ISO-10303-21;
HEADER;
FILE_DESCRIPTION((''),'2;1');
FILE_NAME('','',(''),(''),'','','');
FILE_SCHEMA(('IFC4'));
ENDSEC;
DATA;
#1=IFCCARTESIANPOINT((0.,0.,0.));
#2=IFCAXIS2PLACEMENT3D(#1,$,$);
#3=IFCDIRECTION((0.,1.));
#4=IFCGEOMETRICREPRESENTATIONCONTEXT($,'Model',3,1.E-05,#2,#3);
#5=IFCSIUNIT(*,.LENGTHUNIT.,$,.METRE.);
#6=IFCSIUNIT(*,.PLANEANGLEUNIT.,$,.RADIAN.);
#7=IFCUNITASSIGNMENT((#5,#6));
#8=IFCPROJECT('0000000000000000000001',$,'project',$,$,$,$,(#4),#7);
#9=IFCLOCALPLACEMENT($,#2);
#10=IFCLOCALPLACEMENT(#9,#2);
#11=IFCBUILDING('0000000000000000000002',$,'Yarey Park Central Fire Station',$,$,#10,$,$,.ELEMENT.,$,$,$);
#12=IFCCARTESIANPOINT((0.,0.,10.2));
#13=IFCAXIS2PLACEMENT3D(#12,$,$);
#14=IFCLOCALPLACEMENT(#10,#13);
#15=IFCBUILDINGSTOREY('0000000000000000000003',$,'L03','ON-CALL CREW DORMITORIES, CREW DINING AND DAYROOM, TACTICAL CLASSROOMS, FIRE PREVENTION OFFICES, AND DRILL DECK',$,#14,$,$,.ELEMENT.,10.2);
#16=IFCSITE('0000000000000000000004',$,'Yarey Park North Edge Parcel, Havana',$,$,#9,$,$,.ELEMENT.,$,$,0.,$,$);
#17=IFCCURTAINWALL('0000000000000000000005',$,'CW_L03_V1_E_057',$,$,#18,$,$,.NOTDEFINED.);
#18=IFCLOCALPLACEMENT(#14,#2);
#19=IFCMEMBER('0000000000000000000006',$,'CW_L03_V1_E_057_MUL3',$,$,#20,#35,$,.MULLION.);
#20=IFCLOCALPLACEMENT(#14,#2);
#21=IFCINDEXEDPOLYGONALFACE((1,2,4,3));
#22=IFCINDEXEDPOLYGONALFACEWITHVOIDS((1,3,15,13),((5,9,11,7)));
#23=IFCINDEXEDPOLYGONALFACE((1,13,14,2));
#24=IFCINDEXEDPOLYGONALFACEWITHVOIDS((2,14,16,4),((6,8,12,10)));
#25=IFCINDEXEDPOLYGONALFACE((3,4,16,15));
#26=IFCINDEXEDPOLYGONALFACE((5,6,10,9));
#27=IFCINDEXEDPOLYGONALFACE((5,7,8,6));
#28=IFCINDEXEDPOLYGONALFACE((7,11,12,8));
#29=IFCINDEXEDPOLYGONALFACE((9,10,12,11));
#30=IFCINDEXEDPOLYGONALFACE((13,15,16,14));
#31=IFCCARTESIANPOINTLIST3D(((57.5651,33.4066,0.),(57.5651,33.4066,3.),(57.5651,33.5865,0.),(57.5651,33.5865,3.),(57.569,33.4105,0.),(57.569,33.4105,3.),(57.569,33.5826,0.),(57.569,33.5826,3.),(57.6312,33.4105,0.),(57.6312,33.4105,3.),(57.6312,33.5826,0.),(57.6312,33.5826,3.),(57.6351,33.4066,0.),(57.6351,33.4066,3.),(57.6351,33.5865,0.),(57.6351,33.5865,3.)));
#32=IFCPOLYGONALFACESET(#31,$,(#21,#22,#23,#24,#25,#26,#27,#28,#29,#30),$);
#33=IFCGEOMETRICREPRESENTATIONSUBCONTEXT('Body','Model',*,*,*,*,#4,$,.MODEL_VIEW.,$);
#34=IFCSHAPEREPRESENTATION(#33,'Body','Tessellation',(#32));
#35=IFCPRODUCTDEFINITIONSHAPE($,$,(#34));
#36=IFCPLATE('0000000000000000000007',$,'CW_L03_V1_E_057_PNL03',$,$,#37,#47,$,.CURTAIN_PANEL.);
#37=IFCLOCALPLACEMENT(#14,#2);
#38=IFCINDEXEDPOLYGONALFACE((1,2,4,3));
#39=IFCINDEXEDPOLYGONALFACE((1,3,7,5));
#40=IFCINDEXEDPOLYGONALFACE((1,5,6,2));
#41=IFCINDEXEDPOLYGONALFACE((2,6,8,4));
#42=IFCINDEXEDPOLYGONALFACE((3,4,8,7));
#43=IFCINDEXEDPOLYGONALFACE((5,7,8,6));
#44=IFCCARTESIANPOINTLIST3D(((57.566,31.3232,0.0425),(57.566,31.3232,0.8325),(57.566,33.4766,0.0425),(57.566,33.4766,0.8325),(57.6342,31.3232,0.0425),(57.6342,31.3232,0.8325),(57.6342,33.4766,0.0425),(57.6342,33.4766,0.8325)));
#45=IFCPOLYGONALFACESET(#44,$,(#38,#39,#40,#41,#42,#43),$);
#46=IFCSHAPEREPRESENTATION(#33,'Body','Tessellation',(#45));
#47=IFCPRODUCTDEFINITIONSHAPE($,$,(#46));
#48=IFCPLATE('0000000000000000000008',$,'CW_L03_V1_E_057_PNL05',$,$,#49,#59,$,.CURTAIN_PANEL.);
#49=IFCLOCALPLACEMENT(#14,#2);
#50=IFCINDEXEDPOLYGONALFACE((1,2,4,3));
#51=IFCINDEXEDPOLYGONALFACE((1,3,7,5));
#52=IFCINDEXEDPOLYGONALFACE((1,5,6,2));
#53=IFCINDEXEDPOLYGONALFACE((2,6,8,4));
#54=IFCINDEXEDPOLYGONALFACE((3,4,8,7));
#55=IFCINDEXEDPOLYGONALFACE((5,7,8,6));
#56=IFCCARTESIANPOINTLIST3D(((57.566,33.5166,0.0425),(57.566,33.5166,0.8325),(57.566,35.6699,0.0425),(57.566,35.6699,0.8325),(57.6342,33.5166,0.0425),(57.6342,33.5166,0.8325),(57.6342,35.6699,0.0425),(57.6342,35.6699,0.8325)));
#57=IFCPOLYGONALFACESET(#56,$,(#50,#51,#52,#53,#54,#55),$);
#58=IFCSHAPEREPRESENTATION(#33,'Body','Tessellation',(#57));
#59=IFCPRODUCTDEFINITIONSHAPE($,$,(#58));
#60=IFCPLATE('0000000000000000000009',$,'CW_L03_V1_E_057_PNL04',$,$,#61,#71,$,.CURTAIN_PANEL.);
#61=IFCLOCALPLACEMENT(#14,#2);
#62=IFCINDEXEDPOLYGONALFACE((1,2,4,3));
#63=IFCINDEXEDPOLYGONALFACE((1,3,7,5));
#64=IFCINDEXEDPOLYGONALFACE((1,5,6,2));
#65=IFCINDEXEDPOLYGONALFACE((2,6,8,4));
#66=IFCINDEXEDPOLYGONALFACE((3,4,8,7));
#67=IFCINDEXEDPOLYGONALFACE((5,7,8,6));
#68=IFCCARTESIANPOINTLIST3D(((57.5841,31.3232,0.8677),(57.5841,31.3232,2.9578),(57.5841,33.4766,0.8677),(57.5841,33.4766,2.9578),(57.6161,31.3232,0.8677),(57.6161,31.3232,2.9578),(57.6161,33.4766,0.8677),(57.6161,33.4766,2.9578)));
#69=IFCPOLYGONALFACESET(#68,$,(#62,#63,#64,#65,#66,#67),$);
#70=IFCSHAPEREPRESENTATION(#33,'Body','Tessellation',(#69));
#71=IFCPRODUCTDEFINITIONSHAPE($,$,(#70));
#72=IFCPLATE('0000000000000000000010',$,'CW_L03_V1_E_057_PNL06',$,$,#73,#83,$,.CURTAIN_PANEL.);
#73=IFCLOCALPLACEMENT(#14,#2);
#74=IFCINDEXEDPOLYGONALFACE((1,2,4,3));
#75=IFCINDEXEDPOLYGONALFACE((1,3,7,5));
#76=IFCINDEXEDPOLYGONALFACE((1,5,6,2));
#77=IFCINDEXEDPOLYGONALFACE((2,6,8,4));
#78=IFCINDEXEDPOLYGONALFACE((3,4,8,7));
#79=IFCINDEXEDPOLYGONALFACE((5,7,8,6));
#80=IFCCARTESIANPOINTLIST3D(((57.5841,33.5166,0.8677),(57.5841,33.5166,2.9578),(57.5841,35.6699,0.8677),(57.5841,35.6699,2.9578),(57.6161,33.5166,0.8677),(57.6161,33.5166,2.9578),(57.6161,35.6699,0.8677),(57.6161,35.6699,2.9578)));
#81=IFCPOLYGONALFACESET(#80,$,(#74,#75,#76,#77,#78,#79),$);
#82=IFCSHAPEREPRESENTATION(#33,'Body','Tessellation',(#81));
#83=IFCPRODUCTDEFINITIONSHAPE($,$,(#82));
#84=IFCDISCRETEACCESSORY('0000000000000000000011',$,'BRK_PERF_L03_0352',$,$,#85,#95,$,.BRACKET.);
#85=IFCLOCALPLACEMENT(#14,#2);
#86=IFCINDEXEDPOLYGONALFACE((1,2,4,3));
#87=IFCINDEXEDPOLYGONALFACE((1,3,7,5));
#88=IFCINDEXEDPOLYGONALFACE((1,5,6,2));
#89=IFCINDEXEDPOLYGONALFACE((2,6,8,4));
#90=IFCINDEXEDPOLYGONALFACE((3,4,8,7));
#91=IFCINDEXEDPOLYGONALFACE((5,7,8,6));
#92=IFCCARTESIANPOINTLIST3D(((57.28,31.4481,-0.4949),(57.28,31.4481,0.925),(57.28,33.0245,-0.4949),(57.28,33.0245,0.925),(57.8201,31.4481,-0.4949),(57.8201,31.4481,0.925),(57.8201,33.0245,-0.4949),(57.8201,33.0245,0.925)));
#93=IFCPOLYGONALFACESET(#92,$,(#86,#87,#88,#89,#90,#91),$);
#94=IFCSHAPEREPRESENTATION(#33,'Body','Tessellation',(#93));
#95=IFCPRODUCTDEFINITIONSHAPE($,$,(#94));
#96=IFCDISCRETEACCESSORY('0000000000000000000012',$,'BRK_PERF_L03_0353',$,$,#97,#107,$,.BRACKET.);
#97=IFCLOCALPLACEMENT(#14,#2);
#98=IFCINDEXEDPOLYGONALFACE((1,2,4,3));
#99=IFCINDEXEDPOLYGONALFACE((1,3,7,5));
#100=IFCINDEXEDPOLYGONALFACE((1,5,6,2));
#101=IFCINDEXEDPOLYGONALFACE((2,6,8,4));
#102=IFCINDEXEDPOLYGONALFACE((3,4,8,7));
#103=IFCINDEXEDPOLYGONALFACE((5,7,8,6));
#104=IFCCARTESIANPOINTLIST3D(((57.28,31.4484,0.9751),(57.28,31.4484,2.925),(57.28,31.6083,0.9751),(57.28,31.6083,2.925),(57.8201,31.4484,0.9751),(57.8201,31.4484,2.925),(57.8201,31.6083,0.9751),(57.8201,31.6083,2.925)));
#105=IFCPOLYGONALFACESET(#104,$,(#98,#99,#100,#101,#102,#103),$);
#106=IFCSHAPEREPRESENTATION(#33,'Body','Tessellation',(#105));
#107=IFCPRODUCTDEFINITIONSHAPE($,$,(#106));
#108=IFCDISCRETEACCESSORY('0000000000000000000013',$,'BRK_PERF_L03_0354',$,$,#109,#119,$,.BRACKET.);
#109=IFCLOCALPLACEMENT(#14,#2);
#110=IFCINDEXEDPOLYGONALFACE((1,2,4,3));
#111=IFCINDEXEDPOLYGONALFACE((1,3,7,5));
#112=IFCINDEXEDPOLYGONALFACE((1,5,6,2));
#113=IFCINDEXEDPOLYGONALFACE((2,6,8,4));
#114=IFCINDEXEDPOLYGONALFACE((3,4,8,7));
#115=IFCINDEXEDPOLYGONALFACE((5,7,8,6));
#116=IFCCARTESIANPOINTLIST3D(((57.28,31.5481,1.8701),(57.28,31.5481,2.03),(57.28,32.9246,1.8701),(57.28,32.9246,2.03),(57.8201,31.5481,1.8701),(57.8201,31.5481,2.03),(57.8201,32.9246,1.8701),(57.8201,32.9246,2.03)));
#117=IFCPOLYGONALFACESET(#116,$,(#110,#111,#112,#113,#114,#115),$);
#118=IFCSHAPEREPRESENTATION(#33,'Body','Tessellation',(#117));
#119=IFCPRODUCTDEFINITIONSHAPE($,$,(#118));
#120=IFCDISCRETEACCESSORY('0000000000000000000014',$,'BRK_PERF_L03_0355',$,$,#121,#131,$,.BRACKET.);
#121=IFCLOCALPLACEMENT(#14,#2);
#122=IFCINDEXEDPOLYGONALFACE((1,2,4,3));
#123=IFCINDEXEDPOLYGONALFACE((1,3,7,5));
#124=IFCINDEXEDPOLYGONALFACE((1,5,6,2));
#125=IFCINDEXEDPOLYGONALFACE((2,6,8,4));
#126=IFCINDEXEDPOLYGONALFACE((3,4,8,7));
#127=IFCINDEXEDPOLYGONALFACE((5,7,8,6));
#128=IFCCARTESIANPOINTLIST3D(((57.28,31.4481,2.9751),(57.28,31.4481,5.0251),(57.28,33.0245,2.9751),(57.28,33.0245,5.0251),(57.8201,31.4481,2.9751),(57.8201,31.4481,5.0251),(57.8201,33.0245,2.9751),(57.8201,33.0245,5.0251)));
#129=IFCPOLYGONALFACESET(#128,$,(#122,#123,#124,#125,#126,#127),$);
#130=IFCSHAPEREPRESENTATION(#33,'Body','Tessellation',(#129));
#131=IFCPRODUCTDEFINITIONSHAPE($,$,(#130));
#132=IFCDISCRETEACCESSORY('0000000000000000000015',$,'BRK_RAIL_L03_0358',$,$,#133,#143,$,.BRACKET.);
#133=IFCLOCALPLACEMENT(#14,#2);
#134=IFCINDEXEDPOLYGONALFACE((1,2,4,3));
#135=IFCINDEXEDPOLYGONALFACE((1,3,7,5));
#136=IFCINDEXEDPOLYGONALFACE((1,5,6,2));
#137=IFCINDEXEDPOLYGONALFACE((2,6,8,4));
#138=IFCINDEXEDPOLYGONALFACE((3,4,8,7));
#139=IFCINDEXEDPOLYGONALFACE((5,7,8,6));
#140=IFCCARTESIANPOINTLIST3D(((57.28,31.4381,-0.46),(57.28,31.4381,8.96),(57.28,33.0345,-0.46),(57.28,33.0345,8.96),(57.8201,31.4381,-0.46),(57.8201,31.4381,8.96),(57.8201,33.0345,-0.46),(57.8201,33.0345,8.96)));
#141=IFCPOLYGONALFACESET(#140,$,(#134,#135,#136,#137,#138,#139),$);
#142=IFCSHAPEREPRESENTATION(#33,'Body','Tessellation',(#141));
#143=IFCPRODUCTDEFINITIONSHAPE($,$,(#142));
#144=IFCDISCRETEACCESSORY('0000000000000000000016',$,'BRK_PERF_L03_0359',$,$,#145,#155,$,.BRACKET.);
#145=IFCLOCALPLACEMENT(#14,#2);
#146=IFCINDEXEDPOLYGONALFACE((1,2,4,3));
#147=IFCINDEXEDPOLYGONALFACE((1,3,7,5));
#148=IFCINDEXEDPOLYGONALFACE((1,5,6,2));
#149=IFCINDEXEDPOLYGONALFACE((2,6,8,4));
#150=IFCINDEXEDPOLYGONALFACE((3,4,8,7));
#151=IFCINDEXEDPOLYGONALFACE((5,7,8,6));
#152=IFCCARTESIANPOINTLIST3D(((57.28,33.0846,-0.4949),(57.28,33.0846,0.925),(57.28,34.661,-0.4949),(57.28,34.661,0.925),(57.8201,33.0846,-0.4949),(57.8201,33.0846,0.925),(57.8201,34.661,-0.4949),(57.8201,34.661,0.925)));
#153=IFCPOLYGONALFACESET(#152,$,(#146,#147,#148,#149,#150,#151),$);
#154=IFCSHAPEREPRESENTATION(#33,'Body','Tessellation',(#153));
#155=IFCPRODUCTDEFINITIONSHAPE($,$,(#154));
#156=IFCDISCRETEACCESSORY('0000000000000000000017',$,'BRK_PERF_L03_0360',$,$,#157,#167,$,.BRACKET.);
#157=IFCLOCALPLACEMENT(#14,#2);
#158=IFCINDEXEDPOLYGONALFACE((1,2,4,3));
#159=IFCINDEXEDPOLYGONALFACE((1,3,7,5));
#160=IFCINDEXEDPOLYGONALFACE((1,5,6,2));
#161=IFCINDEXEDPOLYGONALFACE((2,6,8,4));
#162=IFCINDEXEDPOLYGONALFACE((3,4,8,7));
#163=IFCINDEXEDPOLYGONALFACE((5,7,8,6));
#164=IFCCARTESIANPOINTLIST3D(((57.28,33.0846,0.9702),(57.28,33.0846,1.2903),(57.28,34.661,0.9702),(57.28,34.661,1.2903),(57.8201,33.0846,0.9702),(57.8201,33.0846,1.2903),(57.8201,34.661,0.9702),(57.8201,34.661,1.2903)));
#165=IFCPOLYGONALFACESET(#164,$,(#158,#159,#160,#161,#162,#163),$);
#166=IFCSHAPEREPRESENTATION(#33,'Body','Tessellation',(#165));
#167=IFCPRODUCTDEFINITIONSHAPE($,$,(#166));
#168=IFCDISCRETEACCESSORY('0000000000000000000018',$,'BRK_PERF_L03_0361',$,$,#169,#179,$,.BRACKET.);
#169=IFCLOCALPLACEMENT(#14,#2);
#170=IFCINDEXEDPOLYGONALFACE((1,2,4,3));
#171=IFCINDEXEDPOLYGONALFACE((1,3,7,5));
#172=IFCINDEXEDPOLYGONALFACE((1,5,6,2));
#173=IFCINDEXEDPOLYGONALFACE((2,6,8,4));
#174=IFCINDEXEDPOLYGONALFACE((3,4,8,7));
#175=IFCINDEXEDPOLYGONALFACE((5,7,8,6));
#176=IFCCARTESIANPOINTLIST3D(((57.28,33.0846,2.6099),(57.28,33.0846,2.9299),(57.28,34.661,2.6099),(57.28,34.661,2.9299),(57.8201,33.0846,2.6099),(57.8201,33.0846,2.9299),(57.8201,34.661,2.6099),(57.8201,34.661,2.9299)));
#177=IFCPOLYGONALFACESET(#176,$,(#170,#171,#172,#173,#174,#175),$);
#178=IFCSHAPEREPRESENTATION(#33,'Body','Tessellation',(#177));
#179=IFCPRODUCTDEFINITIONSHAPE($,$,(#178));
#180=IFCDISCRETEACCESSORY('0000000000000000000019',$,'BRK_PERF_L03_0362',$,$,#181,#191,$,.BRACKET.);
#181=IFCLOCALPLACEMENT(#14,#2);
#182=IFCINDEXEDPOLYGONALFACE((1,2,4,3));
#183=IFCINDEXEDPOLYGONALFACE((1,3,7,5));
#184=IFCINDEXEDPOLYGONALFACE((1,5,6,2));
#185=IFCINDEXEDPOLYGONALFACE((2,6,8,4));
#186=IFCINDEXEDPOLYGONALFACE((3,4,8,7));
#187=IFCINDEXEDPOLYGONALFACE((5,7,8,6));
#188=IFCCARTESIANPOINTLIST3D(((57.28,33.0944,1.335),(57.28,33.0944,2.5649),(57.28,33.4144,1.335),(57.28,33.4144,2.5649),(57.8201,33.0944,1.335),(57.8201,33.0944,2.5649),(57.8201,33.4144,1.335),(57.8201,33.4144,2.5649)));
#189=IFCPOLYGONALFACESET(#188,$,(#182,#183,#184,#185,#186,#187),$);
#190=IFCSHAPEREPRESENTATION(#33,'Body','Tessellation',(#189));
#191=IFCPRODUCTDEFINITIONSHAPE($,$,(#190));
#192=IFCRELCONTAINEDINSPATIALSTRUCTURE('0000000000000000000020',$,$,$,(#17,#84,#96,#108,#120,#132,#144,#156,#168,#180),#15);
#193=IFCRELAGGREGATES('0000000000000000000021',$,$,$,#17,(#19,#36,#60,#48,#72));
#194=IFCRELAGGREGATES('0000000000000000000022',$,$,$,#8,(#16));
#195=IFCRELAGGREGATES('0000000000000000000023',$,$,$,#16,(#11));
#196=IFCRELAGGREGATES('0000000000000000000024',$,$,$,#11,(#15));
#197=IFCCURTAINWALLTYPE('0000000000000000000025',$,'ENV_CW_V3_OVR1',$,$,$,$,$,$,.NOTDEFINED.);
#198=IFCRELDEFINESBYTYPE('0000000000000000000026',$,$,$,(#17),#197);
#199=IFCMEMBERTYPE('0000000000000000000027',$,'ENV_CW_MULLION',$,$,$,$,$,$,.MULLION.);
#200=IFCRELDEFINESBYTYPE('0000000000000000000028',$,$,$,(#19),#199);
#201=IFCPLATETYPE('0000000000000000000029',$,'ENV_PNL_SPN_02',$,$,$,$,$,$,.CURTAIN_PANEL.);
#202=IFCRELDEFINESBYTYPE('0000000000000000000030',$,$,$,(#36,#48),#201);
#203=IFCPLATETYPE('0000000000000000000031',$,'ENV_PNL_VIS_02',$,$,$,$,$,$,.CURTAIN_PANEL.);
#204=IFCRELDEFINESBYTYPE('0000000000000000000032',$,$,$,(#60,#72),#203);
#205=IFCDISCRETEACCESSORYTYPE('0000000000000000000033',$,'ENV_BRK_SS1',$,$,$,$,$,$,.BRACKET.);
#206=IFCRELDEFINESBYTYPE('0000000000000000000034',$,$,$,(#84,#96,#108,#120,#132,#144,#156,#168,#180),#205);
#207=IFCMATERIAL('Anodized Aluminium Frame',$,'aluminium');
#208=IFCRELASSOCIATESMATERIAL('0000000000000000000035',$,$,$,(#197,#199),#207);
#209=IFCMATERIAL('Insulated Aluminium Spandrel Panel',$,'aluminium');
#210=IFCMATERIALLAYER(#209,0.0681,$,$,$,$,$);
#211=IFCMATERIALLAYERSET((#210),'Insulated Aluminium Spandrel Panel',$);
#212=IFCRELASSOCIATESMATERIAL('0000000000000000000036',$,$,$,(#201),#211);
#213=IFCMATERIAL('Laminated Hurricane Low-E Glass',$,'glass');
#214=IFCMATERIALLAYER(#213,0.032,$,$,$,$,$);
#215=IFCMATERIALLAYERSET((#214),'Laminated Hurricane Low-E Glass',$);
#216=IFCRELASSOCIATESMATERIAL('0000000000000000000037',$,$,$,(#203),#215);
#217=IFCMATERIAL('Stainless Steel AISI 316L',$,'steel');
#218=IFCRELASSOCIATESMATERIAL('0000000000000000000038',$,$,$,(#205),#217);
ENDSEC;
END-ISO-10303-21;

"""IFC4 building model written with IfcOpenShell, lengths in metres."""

from ifc_helpers import new_model, si_unit, direction, frame, origin, origin_2d, place, context, subcontext, project, spatial, rectangle, hollow_rectangle, extrude, material, layer, layer_set, material_profile, profile_set, type_object, element, aggregate, save


model = new_model("IFC4")

# Units and contexts
model_context = context("Model", 3, precision=1e-05, world=origin(), true_north=direction((0.0, 1.0)))
body_context = subcontext(model_context, "Body", "Model", "MODEL_VIEW")
ifc_project = project(units=[si_unit("LENGTHUNIT", "METRE"), si_unit("PLANEANGLEUNIT", "RADIAN")], contexts=[model_context])

# Site, building, storey
site_placement = place(None, origin())
site = spatial("IfcSite", under=ifc_project, at=site_placement, Name="Yarey Park North Edge Parcel, Havana", CompositionType="ELEMENT", RefElevation=0.0)
building_placement = place(site_placement, origin())
building = spatial("IfcBuilding", under=site, at=building_placement, Name="Yarey Park Central Fire Station", CompositionType="ELEMENT")
storey_placement = place(building_placement, frame((0.0, 0.0, 10.2)))
storey = spatial("IfcBuildingStorey", under=building, at=storey_placement, Name="L03", Description="ON-CALL CREW DORMITORIES, CREW DINING AND DAYROOM, TACTICAL CLASSROOMS, FIRE PREVENTION OFFICES, AND DRILL DECK", CompositionType="ELEMENT", Elevation=10.2)

# Curtain wall, member, plates
ifc_material_1 = material(Name="Anodized Aluminium Frame", Category="aluminium")
curtain_wall_type = type_object("IfcCurtainWallType", Name="ENV_CW_V3_OVR1", PredefinedType="NOTDEFINED", material=ifc_material_1)
curtain_wall_placement = place(storey_placement, origin())
curtain_wall = element("IfcCurtainWall", 1, at=curtain_wall_placement, inside=storey, type_object=curtain_wall_type, Name="CW_L03_V1_E_057", PredefinedType="NOTDEFINED")
ifc_material_profile = material_profile(ifc_material_1, hollow_rectangle(XDim=0.0701, YDim=0.1799, WallThickness=0.0039, at=origin_2d()), Name="ALU 180x70x4")
ifc_profile_set = profile_set([ifc_material_profile], Name="Anodized Aluminium Frame")
member_type = type_object("IfcMemberType", Name="ENV_CW_MULLION", PredefinedType="MULLION", material=ifc_profile_set)
member_placement = place(storey_placement, frame((57.6001, 33.4966, 0.0), z_axis=(0.0, 0.0, 1.0), x_axis=(1.0, 0.0, 0.0)))
member = element("IfcMember", 2, at=member_placement, type_object=member_type, Name="CW_L03_V1_E_057_MUL3", PredefinedType="MULLION", context=body_context, shape_type="SweptSolid", body=[
    extrude(hollow_rectangle(XDim=0.0701, YDim=0.1799, WallThickness=0.0039, at=origin_2d()), origin(), (0.0, 0.0, 1.0), 3.0),
])
ifc_material_2 = material(Name="Insulated Aluminium Spandrel Panel", Category="aluminium")
ifc_layer_1 = layer(ifc_material_2, 0.0681)
ifc_layer_set_1 = layer_set([ifc_layer_1], Name="Insulated Aluminium Spandrel Panel")
plate_type_1 = type_object("IfcPlateType", Name="ENV_PNL_SPN_02", PredefinedType="CURTAIN_PANEL", material=ifc_layer_set_1)
plate_1_placement = place(storey_placement, frame((57.6001, 32.3999, 0.0425), z_axis=(0.0, 0.0, 1.0), x_axis=(0.0, 1.0, 0.0)))
plate_1 = element("IfcPlate", 3, at=plate_1_placement, type_object=plate_type_1, Name="CW_L03_V1_E_057_PNL03", PredefinedType="CURTAIN_PANEL", context=body_context, shape_type="SweptSolid", body=[
    extrude(rectangle(XDim=2.1533, YDim=0.0681, at=origin_2d()), origin(), (0.0, 0.0, 1.0), 0.79),
])
plate_2_placement = place(storey_placement, frame((57.6001, 34.5933, 0.0425), z_axis=(0.0, 0.0, 1.0), x_axis=(0.0, 1.0, 0.0)))
plate_2 = element("IfcPlate", 4, at=plate_2_placement, type_object=plate_type_1, Name="CW_L03_V1_E_057_PNL05", PredefinedType="CURTAIN_PANEL", context=body_context, shape_type="SweptSolid", body=[
    extrude(rectangle(XDim=2.1533, YDim=0.0681, at=origin_2d()), origin(), (0.0, 0.0, 1.0), 0.79),
])
ifc_material_3 = material(Name="Laminated Hurricane Low-E Glass", Category="glass")
ifc_layer_2 = layer(ifc_material_3, 0.032)
ifc_layer_set_2 = layer_set([ifc_layer_2], Name="Laminated Hurricane Low-E Glass")
plate_type_2 = type_object("IfcPlateType", Name="ENV_PNL_VIS_02", PredefinedType="CURTAIN_PANEL", material=ifc_layer_set_2)
plate_3_placement = place(storey_placement, frame((57.6001, 32.3999, 0.8677), z_axis=(0.0, 0.0, 1.0), x_axis=(0.0, 1.0, 0.0)))
plate_3 = element("IfcPlate", 5, at=plate_3_placement, type_object=plate_type_2, Name="CW_L03_V1_E_057_PNL04", PredefinedType="CURTAIN_PANEL", context=body_context, shape_type="SweptSolid", body=[
    extrude(rectangle(XDim=2.1533, YDim=0.032, at=origin_2d()), origin(), (0.0, 0.0, 1.0), 2.0901),
])
plate_4_placement = place(storey_placement, frame((57.6001, 34.5933, 0.8677), z_axis=(0.0, 0.0, 1.0), x_axis=(0.0, 1.0, 0.0)))
plate_4 = element("IfcPlate", 6, at=plate_4_placement, type_object=plate_type_2, Name="CW_L03_V1_E_057_PNL06", PredefinedType="CURTAIN_PANEL", context=body_context, shape_type="SweptSolid", body=[
    extrude(rectangle(XDim=2.1533, YDim=0.032, at=origin_2d()), origin(), (0.0, 0.0, 1.0), 2.0901),
])
aggregate(curtain_wall, [member, plate_1, plate_3, plate_2, plate_4])

# Discrete accessories
ifc_material_4 = material(Name="Stainless Steel AISI 316L", Category="steel")
discrete_accessory_type = type_object("IfcDiscreteAccessoryType", Name="ENV_BRK_SS1", PredefinedType="BRACKET", material=ifc_material_4)
discrete_accessory_1_placement = place(storey_placement, frame((57.55, 32.2363, -0.4949), z_axis=(0.0, 0.0, 1.0), x_axis=(1.0, 0.0, 0.0)))
element("IfcDiscreteAccessory", 7, at=discrete_accessory_1_placement, inside=storey, type_object=discrete_accessory_type, Name="BRK_PERF_L03_0352", PredefinedType="BRACKET", context=body_context, shape_type="SweptSolid", body=[
    extrude(rectangle(XDim=0.54, YDim=1.5764, at=origin_2d()), origin(), (0.0, 0.0, 1.0), 1.4199),
])
discrete_accessory_2_placement = place(storey_placement, frame((57.55, 31.5283, 0.9751), z_axis=(0.0, 0.0, 1.0), x_axis=(1.0, 0.0, 0.0)))
element("IfcDiscreteAccessory", 8, at=discrete_accessory_2_placement, inside=storey, type_object=discrete_accessory_type, Name="BRK_PERF_L03_0353", PredefinedType="BRACKET", context=body_context, shape_type="SweptSolid", body=[
    extrude(rectangle(XDim=0.54, YDim=0.1599, at=origin_2d()), origin(), (0.0, 0.0, 1.0), 1.95),
])
discrete_accessory_3_placement = place(storey_placement, frame((57.55, 32.2363, 1.8701), z_axis=(0.0, 0.0, 1.0), x_axis=(1.0, 0.0, 0.0)))
element("IfcDiscreteAccessory", 9, at=discrete_accessory_3_placement, inside=storey, type_object=discrete_accessory_type, Name="BRK_PERF_L03_0354", PredefinedType="BRACKET", context=body_context, shape_type="SweptSolid", body=[
    extrude(rectangle(XDim=0.54, YDim=1.3765, at=origin_2d()), origin(), (0.0, 0.0, 1.0), 0.1599),
])
discrete_accessory_4_placement = place(storey_placement, frame((57.55, 32.2363, 2.9751), z_axis=(0.0, 0.0, 1.0), x_axis=(1.0, 0.0, 0.0)))
element("IfcDiscreteAccessory", 10, at=discrete_accessory_4_placement, inside=storey, type_object=discrete_accessory_type, Name="BRK_PERF_L03_0355", PredefinedType="BRACKET", context=body_context, shape_type="SweptSolid", body=[
    extrude(rectangle(XDim=0.54, YDim=1.5764, at=origin_2d()), origin(), (0.0, 0.0, 1.0), 2.05),
])
discrete_accessory_5_placement = place(storey_placement, frame((57.55, 32.2363, -0.46), z_axis=(0.0, 0.0, 1.0), x_axis=(1.0, 0.0, 0.0)))
element("IfcDiscreteAccessory", 11, at=discrete_accessory_5_placement, inside=storey, type_object=discrete_accessory_type, Name="BRK_RAIL_L03_0358", PredefinedType="BRACKET", context=body_context, shape_type="SweptSolid", body=[
    extrude(rectangle(XDim=0.54, YDim=1.5964, at=origin_2d()), origin(), (0.0, 0.0, 1.0), 9.4199),
])
discrete_accessory_6_placement = place(storey_placement, frame((57.55, 33.8728, -0.4949), z_axis=(0.0, 0.0, 1.0), x_axis=(1.0, 0.0, 0.0)))
element("IfcDiscreteAccessory", 12, at=discrete_accessory_6_placement, inside=storey, type_object=discrete_accessory_type, Name="BRK_PERF_L03_0359", PredefinedType="BRACKET", context=body_context, shape_type="SweptSolid", body=[
    extrude(rectangle(XDim=0.54, YDim=1.5764, at=origin_2d()), origin(), (0.0, 0.0, 1.0), 1.4199),
])
for number, where, z_axis, x_axis, name in (
    (13, (57.55, 33.8728, 0.9702), (0.0, 0.0, 1.0), (1.0, 0.0, 0.0), "BRK_PERF_L03_0360"),
    (14, (57.55, 33.8728, 2.6099), (0.0, 0.0, 1.0), (1.0, 0.0, 0.0), "BRK_PERF_L03_0361"),
):
    element("IfcDiscreteAccessory", number, at=place(storey_placement, frame(where, z_axis=z_axis, x_axis=x_axis)), inside=storey, type_object=discrete_accessory_type, Name=name, PredefinedType="BRACKET", context=body_context, shape_type="SweptSolid", body=[
        extrude(rectangle(XDim=0.54, YDim=1.5764, at=origin_2d()), origin(), (0.0, 0.0, 1.0), 0.3201),
    ])
for number, where, z_axis, x_axis, name in (
    (15, (57.55, 33.2544, 1.335), (0.0, 0.0, 1.0), (1.0, 0.0, 0.0), "BRK_PERF_L03_0362"),
):
    element("IfcDiscreteAccessory", number, at=place(storey_placement, frame(where, z_axis=z_axis, x_axis=x_axis)), inside=storey, type_object=discrete_accessory_type, Name=name, PredefinedType="BRACKET", context=body_context, shape_type="SweptSolid", body=[
        extrude(rectangle(XDim=0.54, YDim=0.3201, at=origin_2d()), origin(), (0.0, 0.0, 1.0), 1.23),
    ])

save(model, "model.ifc")
